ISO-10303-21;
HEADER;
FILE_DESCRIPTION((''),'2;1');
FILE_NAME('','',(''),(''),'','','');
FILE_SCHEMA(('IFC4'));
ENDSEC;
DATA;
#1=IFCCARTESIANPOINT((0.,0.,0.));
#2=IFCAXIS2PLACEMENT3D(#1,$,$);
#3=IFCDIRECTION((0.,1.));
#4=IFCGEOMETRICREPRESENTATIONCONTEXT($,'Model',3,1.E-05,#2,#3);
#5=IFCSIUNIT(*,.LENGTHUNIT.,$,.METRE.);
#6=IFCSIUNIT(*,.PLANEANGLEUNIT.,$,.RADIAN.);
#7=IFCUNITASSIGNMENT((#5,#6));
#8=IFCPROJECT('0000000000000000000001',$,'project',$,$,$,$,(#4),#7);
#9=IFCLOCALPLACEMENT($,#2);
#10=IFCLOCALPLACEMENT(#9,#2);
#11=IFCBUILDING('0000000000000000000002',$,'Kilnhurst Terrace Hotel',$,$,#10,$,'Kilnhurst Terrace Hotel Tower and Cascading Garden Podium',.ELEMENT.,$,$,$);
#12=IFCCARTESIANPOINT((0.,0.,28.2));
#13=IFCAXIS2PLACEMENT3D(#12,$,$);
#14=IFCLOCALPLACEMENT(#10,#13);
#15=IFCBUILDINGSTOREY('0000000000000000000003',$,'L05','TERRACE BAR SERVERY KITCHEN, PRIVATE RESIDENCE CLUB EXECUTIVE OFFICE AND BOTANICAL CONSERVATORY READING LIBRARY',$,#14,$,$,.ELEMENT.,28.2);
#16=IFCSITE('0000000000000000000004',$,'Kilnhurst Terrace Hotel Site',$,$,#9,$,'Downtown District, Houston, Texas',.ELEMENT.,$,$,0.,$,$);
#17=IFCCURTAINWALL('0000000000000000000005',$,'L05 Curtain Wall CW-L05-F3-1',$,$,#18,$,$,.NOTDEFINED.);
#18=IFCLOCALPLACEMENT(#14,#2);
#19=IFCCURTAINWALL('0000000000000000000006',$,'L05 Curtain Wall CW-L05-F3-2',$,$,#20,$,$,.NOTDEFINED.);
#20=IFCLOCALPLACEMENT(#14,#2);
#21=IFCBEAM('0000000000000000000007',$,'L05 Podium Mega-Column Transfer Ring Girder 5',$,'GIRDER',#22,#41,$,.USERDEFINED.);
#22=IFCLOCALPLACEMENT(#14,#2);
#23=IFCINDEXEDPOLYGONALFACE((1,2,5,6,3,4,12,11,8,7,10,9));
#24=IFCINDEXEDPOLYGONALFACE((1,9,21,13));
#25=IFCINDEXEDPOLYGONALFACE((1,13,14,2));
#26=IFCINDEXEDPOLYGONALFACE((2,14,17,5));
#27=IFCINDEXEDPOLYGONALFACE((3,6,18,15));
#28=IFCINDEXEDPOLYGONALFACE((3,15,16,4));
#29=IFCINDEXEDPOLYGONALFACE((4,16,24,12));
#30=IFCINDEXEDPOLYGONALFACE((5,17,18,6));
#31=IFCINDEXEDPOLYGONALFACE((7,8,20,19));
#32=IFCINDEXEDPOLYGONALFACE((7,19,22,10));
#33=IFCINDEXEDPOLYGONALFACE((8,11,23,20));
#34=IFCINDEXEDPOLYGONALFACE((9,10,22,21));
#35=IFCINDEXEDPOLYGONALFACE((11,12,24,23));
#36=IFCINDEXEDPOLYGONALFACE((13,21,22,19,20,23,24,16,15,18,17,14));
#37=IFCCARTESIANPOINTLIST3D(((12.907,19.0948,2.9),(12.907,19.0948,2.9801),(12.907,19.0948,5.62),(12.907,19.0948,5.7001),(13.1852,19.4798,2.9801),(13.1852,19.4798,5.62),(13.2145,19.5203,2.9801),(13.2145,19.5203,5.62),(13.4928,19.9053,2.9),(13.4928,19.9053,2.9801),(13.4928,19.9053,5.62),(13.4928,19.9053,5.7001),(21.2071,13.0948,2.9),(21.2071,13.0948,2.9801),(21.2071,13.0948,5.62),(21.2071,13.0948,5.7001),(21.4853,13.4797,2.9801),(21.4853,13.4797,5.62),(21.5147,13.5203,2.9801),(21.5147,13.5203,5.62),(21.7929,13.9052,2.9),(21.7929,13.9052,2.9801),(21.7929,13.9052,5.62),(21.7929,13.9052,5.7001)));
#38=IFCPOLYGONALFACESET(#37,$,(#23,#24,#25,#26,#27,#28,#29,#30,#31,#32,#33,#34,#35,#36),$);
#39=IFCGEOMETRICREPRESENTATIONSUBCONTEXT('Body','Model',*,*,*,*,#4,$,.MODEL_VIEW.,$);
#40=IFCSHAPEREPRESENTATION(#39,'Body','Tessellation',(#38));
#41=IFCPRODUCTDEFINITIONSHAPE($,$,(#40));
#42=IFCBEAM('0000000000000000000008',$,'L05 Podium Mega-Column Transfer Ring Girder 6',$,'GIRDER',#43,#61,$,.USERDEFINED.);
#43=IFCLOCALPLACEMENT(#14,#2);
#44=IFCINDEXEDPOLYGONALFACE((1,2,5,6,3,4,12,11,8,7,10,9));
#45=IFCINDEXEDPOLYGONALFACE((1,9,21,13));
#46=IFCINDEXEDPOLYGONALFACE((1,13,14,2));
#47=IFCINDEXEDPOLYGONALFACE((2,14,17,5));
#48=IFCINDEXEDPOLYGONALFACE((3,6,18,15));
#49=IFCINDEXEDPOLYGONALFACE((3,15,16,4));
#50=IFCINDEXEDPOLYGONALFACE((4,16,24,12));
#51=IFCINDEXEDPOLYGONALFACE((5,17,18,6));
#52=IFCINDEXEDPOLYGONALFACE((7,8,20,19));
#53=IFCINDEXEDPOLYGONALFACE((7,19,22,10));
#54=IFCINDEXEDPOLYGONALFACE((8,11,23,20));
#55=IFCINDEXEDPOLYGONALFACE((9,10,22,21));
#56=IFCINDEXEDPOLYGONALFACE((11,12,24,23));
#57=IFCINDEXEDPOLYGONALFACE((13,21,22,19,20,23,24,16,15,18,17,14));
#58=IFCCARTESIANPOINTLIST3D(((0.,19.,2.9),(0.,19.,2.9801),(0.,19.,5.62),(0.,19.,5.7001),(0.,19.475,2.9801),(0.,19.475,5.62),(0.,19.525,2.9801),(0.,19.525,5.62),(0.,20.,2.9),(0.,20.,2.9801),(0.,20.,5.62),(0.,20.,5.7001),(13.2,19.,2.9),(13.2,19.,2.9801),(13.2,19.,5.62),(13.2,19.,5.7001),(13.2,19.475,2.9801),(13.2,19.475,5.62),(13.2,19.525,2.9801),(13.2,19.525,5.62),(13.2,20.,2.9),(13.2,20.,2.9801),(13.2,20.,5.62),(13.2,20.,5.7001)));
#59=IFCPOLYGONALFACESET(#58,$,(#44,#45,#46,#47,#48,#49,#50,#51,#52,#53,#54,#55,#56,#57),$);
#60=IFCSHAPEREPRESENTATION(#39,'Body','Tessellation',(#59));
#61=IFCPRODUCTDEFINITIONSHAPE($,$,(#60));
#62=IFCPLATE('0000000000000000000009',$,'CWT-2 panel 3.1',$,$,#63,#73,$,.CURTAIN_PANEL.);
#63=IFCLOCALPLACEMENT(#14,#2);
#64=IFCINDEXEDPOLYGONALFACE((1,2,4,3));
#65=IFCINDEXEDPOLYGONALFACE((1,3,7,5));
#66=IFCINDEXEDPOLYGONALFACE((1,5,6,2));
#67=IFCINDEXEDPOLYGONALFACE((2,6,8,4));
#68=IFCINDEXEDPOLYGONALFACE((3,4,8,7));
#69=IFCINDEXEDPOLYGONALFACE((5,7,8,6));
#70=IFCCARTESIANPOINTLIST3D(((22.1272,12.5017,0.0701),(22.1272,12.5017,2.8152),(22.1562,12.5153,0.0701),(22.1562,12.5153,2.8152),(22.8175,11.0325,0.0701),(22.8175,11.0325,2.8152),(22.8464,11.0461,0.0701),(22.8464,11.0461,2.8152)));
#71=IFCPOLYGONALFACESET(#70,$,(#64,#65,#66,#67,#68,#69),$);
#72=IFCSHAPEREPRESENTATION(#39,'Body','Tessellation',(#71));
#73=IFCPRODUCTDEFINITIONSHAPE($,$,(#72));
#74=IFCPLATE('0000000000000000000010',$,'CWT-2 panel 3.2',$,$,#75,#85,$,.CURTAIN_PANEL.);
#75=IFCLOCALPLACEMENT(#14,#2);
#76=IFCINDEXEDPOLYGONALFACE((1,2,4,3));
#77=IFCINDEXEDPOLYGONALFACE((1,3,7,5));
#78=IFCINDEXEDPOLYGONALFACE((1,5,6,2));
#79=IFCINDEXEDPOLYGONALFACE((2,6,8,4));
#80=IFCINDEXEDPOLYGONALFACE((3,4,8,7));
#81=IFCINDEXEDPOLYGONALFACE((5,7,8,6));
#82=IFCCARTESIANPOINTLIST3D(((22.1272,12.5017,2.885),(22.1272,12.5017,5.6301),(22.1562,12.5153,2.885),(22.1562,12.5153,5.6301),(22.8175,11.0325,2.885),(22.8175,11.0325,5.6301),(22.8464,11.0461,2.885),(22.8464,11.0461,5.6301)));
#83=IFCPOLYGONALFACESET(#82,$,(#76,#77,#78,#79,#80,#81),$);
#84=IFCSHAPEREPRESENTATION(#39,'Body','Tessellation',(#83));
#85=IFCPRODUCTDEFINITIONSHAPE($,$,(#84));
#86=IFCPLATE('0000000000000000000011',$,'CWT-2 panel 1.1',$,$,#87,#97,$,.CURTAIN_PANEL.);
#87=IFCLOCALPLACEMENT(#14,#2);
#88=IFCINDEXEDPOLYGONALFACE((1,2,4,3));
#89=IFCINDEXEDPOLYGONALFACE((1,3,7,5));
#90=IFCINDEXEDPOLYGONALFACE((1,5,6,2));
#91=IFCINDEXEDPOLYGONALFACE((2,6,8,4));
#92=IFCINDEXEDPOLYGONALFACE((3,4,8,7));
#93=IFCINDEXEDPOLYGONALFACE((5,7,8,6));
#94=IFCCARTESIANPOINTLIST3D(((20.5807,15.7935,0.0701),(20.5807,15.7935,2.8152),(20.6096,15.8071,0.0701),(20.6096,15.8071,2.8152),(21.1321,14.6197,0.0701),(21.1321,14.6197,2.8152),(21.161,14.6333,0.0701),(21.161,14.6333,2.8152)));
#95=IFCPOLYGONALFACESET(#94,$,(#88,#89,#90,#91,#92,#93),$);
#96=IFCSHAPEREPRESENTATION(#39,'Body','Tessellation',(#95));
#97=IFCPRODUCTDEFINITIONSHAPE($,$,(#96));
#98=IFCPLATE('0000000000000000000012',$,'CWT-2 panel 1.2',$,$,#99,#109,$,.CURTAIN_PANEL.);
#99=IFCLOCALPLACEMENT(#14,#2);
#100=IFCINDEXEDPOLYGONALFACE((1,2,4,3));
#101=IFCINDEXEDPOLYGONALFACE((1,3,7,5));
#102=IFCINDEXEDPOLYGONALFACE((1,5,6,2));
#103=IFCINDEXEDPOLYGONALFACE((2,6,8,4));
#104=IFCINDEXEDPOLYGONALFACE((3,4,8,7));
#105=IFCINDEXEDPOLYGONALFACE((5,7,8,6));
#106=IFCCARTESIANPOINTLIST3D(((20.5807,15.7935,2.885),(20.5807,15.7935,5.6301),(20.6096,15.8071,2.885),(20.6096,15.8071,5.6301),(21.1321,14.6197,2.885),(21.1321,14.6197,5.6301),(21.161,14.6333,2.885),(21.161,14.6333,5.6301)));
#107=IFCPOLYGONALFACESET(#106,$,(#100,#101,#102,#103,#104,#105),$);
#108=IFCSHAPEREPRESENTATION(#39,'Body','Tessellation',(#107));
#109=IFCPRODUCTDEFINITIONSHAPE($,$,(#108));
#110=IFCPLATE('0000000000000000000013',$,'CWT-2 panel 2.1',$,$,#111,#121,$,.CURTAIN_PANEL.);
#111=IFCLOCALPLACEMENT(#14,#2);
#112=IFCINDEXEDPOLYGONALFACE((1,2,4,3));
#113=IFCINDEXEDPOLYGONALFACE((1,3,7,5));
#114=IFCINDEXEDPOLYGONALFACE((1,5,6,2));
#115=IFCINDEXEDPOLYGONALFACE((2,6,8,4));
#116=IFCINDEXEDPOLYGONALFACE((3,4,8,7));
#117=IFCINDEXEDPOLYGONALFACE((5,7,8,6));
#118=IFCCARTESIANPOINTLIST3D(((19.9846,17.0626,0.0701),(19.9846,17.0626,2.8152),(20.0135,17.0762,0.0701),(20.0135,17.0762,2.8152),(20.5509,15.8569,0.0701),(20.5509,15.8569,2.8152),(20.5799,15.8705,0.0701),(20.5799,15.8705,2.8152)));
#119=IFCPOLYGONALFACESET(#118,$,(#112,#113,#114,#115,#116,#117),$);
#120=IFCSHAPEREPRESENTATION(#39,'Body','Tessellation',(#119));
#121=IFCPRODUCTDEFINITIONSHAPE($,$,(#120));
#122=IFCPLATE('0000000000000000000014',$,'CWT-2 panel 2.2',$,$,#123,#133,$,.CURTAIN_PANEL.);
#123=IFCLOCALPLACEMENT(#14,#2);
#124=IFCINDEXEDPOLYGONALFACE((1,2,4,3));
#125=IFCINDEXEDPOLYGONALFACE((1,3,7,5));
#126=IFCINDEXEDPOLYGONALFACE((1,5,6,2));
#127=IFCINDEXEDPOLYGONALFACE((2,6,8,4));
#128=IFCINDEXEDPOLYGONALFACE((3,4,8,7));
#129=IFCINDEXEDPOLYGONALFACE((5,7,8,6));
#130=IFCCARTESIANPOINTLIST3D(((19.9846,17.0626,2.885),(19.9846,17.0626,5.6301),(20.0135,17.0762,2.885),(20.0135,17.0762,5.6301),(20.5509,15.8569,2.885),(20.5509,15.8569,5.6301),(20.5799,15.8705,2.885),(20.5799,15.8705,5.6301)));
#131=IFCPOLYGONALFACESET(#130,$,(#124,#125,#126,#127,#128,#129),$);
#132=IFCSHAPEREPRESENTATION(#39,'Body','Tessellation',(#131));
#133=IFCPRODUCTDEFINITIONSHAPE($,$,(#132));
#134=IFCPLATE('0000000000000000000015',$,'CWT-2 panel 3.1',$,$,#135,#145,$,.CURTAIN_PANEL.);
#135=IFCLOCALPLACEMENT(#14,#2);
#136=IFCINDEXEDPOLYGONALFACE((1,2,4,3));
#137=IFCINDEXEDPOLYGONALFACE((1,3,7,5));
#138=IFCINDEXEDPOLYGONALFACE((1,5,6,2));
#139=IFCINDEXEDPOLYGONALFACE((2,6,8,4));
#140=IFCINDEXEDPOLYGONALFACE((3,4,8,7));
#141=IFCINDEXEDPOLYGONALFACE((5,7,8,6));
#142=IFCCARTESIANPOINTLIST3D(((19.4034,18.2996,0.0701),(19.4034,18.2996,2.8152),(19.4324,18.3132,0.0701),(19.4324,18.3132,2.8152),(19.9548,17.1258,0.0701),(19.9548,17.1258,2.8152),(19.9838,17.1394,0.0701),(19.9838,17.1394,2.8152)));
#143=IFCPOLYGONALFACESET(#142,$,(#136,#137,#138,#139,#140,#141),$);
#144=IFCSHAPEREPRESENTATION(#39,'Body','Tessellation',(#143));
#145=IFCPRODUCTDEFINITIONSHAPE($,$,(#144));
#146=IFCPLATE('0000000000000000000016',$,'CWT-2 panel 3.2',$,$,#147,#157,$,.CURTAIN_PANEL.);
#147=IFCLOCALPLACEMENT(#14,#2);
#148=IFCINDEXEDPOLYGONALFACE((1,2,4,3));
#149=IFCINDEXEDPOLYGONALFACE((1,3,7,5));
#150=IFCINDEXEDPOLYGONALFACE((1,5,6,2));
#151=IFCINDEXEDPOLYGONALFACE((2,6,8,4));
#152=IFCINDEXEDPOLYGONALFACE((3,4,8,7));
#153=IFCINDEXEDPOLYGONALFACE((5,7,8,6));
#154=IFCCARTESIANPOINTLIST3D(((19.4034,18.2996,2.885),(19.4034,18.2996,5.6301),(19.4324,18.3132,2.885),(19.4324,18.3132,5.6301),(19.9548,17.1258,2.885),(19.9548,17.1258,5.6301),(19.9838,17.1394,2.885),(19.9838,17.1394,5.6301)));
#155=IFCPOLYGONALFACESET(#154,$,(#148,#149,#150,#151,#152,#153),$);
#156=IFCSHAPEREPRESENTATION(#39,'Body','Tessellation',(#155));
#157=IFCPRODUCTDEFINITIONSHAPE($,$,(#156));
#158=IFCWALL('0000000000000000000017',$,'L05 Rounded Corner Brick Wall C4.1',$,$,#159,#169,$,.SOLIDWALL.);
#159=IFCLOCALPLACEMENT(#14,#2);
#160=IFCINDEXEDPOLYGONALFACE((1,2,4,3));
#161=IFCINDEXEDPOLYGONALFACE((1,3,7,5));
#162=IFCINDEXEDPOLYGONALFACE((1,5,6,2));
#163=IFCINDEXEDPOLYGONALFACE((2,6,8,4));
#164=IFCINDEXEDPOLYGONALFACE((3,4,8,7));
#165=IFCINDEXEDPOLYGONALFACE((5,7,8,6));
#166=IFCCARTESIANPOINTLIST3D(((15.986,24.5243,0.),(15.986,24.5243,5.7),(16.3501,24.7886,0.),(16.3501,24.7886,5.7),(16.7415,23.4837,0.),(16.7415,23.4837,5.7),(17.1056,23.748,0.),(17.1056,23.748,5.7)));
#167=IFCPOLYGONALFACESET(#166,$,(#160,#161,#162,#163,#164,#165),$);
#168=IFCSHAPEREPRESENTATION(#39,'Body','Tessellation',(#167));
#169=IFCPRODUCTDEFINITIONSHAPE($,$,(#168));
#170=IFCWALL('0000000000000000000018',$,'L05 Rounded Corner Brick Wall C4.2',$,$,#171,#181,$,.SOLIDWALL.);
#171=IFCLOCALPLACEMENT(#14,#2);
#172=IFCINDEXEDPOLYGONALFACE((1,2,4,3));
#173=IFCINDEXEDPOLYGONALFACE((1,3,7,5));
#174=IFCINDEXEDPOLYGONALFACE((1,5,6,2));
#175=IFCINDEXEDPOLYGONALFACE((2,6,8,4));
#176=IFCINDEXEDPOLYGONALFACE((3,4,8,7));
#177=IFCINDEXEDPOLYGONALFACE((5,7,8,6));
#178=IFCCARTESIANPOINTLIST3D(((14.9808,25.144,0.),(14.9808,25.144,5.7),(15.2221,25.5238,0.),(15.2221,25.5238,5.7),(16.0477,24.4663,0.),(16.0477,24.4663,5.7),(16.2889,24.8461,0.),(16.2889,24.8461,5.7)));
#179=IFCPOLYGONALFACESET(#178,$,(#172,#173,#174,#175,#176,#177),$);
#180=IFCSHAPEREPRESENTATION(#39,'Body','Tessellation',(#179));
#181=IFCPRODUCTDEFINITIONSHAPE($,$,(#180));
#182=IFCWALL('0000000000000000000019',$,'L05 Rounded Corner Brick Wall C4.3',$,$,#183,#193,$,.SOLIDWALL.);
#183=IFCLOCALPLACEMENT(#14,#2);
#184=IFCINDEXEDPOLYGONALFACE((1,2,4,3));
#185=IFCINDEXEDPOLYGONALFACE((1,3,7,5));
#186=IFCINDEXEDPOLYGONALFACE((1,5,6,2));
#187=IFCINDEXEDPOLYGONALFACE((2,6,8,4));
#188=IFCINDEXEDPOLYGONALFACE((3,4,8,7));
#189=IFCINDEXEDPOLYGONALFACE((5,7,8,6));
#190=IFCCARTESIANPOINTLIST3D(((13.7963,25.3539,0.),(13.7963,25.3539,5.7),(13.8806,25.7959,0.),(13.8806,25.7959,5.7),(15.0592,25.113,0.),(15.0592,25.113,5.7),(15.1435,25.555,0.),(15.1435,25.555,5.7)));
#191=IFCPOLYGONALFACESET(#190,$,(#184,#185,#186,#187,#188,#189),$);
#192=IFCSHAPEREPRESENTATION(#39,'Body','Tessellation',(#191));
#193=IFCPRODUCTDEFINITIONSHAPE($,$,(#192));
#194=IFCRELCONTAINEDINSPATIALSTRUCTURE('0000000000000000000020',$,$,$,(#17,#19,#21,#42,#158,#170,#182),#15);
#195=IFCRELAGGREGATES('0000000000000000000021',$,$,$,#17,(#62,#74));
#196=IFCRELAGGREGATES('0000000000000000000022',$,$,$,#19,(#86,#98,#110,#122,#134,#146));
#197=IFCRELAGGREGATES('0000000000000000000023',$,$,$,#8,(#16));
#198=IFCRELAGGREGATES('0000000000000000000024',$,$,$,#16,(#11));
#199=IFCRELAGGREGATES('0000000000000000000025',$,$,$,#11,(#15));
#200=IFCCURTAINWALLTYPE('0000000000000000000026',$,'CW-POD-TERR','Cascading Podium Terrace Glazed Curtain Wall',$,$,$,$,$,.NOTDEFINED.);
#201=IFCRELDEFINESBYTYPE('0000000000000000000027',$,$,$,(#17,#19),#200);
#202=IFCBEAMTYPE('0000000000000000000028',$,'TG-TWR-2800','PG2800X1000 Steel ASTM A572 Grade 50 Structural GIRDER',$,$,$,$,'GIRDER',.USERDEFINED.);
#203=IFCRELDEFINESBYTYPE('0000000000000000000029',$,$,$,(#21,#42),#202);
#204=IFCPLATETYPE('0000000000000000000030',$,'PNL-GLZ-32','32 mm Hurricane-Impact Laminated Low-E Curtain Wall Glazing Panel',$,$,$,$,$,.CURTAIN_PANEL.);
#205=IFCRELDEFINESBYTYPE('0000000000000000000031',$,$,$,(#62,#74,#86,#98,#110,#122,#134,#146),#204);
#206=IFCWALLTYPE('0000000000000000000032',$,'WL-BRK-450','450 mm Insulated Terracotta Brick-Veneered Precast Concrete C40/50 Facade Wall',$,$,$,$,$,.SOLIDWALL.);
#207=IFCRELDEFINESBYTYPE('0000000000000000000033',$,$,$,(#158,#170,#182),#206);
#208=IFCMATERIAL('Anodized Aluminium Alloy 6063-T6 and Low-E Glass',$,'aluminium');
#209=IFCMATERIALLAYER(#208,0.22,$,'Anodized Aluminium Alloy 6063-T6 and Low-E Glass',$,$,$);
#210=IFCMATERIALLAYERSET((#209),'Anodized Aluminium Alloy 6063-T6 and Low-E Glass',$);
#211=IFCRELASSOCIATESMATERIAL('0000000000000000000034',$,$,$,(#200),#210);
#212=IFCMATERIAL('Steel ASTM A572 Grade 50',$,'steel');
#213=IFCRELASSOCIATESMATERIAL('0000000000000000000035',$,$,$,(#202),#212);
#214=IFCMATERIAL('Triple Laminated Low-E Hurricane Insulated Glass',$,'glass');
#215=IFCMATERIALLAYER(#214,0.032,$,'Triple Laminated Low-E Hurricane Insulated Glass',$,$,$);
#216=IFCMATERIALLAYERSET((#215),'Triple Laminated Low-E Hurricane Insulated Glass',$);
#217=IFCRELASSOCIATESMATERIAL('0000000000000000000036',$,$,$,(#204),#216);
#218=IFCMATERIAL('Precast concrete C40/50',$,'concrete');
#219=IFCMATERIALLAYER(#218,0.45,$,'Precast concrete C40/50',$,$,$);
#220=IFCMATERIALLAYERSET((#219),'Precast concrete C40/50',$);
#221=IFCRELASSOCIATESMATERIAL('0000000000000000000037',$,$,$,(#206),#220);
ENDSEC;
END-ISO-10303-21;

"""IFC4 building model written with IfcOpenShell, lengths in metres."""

from ifc_helpers import new_model, si_unit, direction, frame, frame_2d, origin, origin_2d, place, context, subcontext, project, spatial, rectangle, i_section, extrude, material, layer, layer_set, material_profile, profile_set, type_object, element, aggregate, save


model = new_model("IFC4")

# Units and contexts
model_context = context("Model", 3, precision=1e-05, world=origin(), true_north=direction((0.0, 1.0)))
body_context = subcontext(model_context, "Body", "Model", "MODEL_VIEW")
ifc_project = project(units=[si_unit("LENGTHUNIT", "METRE"), si_unit("PLANEANGLEUNIT", "RADIAN")], contexts=[model_context])

# Site, building, storey
site_placement = place(None, origin())
site = spatial("IfcSite", under=ifc_project, at=site_placement, Name="Kilnhurst Terrace Hotel Site", LongName="Downtown District, Houston, Texas", CompositionType="ELEMENT", RefElevation=0.0)
building_placement = place(site_placement, origin())
building = spatial("IfcBuilding", under=site, at=building_placement, Name="Kilnhurst Terrace Hotel", LongName="Kilnhurst Terrace Hotel Tower and Cascading Garden Podium", CompositionType="ELEMENT")
storey_placement = place(building_placement, frame((0.0, 0.0, 28.2)))
storey = spatial("IfcBuildingStorey", under=building, at=storey_placement, Name="L05", Description="TERRACE BAR SERVERY KITCHEN, PRIVATE RESIDENCE CLUB EXECUTIVE OFFICE AND BOTANICAL CONSERVATORY READING LIBRARY", CompositionType="ELEMENT", Elevation=28.2)

# Curtain wall
ifc_material_1 = material(Name="Anodized Aluminium Alloy 6063-T6 and Low-E Glass", Category="aluminium")
ifc_layer_1 = layer(ifc_material_1, 0.22, Name="Anodized Aluminium Alloy 6063-T6 and Low-E Glass")
ifc_layer_set_1 = layer_set([ifc_layer_1], Name="Anodized Aluminium Alloy 6063-T6 and Low-E Glass")
curtain_wall_type = type_object("IfcCurtainWallType", Name="CW-POD-TERR", Description="Cascading Podium Terrace Glazed Curtain Wall", PredefinedType="NOTDEFINED", material=ifc_layer_set_1)
curtain_wall_1_placement = place(storey_placement, origin())
curtain_wall_1 = element("IfcCurtainWall", 1, at=curtain_wall_1_placement, inside=storey, type_object=curtain_wall_type, Name="L05 Curtain Wall CW-L05-F3-1", PredefinedType="NOTDEFINED")

# Curtain wall
curtain_wall_2_placement = place(storey_placement, origin())
curtain_wall_2 = element("IfcCurtainWall", 2, at=curtain_wall_2_placement, inside=storey, type_object=curtain_wall_type, Name="L05 Curtain Wall CW-L05-F3-2", PredefinedType="NOTDEFINED")

# Beams
ifc_material_2 = material(Name="Steel ASTM A572 Grade 50", Category="steel")
ifc_material_profile_1 = material_profile(ifc_material_2, i_section(OverallWidth=1.0, OverallDepth=2.8, WebThickness=0.05, FlangeThickness=0.0801, at=origin_2d()), Name="PG2800X1000")
ifc_profile_set_1 = profile_set([ifc_material_profile_1], Name="Steel ASTM A572 Grade 50")
beam_type_1 = type_object("IfcBeamType", Name="TG-TWR-2800", Description="PG2800X1000 Steel ASTM A572 Grade 50 Structural GIRDER", ElementType="GIRDER", PredefinedType="USERDEFINED", material=ifc_profile_set_1)
beam_1_placement = place(storey_placement, frame((21.5, 13.5, 4.3), z_axis=(-0.810423, 0.585845, 0.0), x_axis=(-0.585845, -0.810423, 0.0)))
element("IfcBeam", 3, at=beam_1_placement, inside=storey, type_object=beam_type_1, Name="L05 Podium Mega-Column Transfer Ring Girder 5", ObjectType="GIRDER", PredefinedType="USERDEFINED", context=body_context, shape_type="SweptSolid", body=[
    extrude(i_section(OverallWidth=1.0, OverallDepth=2.8, WebThickness=0.05, FlangeThickness=0.0801, at=origin_2d()), origin(), (0.0, 0.0, 1.0), 10.2417),
])
beam_2_placement = place(storey_placement, frame((13.2, 19.5, 4.3), z_axis=(-1.0, 0.0, 0.0), x_axis=(0.0, -1.0, 0.0)))
element("IfcBeam", 4, at=beam_2_placement, inside=storey, type_object=beam_type_1, Name="L05 Podium Mega-Column Transfer Ring Girder 6", ObjectType="GIRDER", PredefinedType="USERDEFINED", context=body_context, shape_type="SweptSolid", body=[
    extrude(i_section(OverallWidth=1.0, OverallDepth=2.8, WebThickness=0.05, FlangeThickness=0.0801, at=origin_2d()), origin(), (0.0, 0.0, 1.0), 13.2),
])

# Plates
ifc_material_3 = material(Name="Triple Laminated Low-E Hurricane Insulated Glass", Category="glass")
ifc_layer_2 = layer(ifc_material_3, 0.032, Name="Triple Laminated Low-E Hurricane Insulated Glass")
ifc_layer_set_2 = layer_set([ifc_layer_2], Name="Triple Laminated Low-E Hurricane Insulated Glass")
plate_type = type_object("IfcPlateType", Name="PNL-GLZ-32", Description="32 mm Hurricane-Impact Laminated Low-E Curtain Wall Glazing Panel", PredefinedType="CURTAIN_PANEL", material=ifc_layer_set_2)
plate_1_placement = place(storey_placement, frame((22.4868, 11.7739, 0.0701), z_axis=(0.0, 0.0, 1.0), x_axis=(-0.425202, 0.905099, 0.0)))
plate_1 = element("IfcPlate", 5, at=plate_1_placement, type_object=plate_type, Name="CWT-2 panel 3.1", PredefinedType="CURTAIN_PANEL", context=body_context, shape_type="SweptSolid", body=[
    extrude(rectangle(XDim=1.6233, YDim=0.032, at=origin_2d()), origin(), (0.0, 0.0, 1.0), 2.7451),
])
plate_2_placement = place(storey_placement, frame((22.4868, 11.7739, 2.885), z_axis=(0.0, 0.0, 1.0), x_axis=(-0.425202, 0.905099, 0.0)))
plate_2 = element("IfcPlate", 6, at=plate_2_placement, type_object=plate_type, Name="CWT-2 panel 3.2", PredefinedType="CURTAIN_PANEL", context=body_context, shape_type="SweptSolid", body=[
    extrude(rectangle(XDim=1.6233, YDim=0.032, at=origin_2d()), origin(), (0.0, 0.0, 1.0), 2.7451),
])
aggregate(curtain_wall_1, [plate_1, plate_2])
plate_3_placement = place(storey_placement, frame((20.8708, 15.2134, 0.0701), z_axis=(0.0, 0.0, 1.0), x_axis=(-0.425206, 0.905097, 0.0)))
plate_3 = element("IfcPlate", 7, at=plate_3_placement, type_object=plate_type, Name="CWT-2 panel 1.1", PredefinedType="CURTAIN_PANEL", context=body_context, shape_type="SweptSolid", body=[
    extrude(rectangle(XDim=1.2969, YDim=0.032, at=origin_2d()), origin(), (0.0, 0.0, 1.0), 2.7451),
])
plate_4_placement = place(storey_placement, frame((20.8708, 15.2134, 2.885), z_axis=(0.0, 0.0, 1.0), x_axis=(-0.425206, 0.905097, 0.0)))
plate_4 = element("IfcPlate", 8, at=plate_4_placement, type_object=plate_type, Name="CWT-2 panel 1.2", PredefinedType="CURTAIN_PANEL", context=body_context, shape_type="SweptSolid", body=[
    extrude(rectangle(XDim=1.2969, YDim=0.032, at=origin_2d()), origin(), (0.0, 0.0, 1.0), 2.7451),
])
plate_5_placement = place(storey_placement, frame((20.2822, 16.4666, 0.0701), z_axis=(0.0, 0.0, 1.0), x_axis=(-0.425206, 0.905097, 0.0)))
plate_5 = element("IfcPlate", 9, at=plate_5_placement, type_object=plate_type, Name="CWT-2 panel 2.1", PredefinedType="CURTAIN_PANEL", context=body_context, shape_type="SweptSolid", body=[
    extrude(rectangle(XDim=1.332, YDim=0.032, at=origin_2d()), origin(), (0.0, 0.0, 1.0), 2.7451),
])
plate_6_placement = place(storey_placement, frame((20.2822, 16.4666, 2.885), z_axis=(0.0, 0.0, 1.0), x_axis=(-0.425206, 0.905097, 0.0)))
plate_6 = element("IfcPlate", 10, at=plate_6_placement, type_object=plate_type, Name="CWT-2 panel 2.2", PredefinedType="CURTAIN_PANEL", context=body_context, shape_type="SweptSolid", body=[
    extrude(rectangle(XDim=1.332, YDim=0.032, at=origin_2d()), origin(), (0.0, 0.0, 1.0), 2.7451),
])
plate_7_placement = place(storey_placement, frame((19.6936, 17.7195, 0.0701), z_axis=(0.0, 0.0, 1.0), x_axis=(-0.425206, 0.905097, 0.0)))
plate_7 = element("IfcPlate", 11, at=plate_7_placement, type_object=plate_type, Name="CWT-2 panel 3.1", PredefinedType="CURTAIN_PANEL", context=body_context, shape_type="SweptSolid", body=[
    extrude(rectangle(XDim=1.2969, YDim=0.032, at=origin_2d()), origin(), (0.0, 0.0, 1.0), 2.7451),
])
plate_8_placement = place(storey_placement, frame((19.6936, 17.7195, 2.885), z_axis=(0.0, 0.0, 1.0), x_axis=(-0.425206, 0.905097, 0.0)))
plate_8 = element("IfcPlate", 12, at=plate_8_placement, type_object=plate_type, Name="CWT-2 panel 3.2", PredefinedType="CURTAIN_PANEL", context=body_context, shape_type="SweptSolid", body=[
    extrude(rectangle(XDim=1.2969, YDim=0.032, at=origin_2d()), origin(), (0.0, 0.0, 1.0), 2.7451),
])
aggregate(curtain_wall_2, [plate_3, plate_4, plate_5, plate_6, plate_7, plate_8])

# Walls
ifc_material_4 = material(Name="Precast concrete C40/50", Category="concrete")
ifc_layer_3 = layer(ifc_material_4, 0.45, Name="Precast concrete C40/50")
ifc_layer_set_3 = layer_set([ifc_layer_3], Name="Precast concrete C40/50")
wall_type = type_object("IfcWallType", Name="WL-BRK-450", Description="450 mm Insulated Terracotta Brick-Veneered Precast Concrete C40/50 Facade Wall", PredefinedType="SOLIDWALL", material=ifc_layer_set_3)
wall_1_placement = place(storey_placement, frame((16.9236, 23.6157, 0.0), z_axis=(0.0, 0.0, 1.0), x_axis=(-0.587472, 0.809245, 0.0)))
element("IfcWall", 13, at=wall_1_placement, inside=storey, type_object=wall_type, Name="L05 Rounded Corner Brick Wall C4.1", PredefinedType="SOLIDWALL", context=body_context, shape_type="SweptSolid", body=[
    extrude(rectangle(XDim=1.2859, YDim=0.45, at=frame_2d((0.6431, 0.0))), origin(), (0.0, 0.0, 1.0), 5.7),
])
wall_2_placement = place(storey_placement, frame((16.1682, 24.6562, 0.0), z_axis=(0.0, 0.0, 1.0), x_axis=(-0.844091, 0.5362, 0.0)))
element("IfcWall", 14, at=wall_2_placement, inside=storey, type_object=wall_type, Name="L05 Rounded Corner Brick Wall C4.2", PredefinedType="SOLIDWALL", context=body_context, shape_type="SweptSolid", body=[
    extrude(rectangle(XDim=1.2639, YDim=0.45, at=frame_2d((0.6318, 0.0))), origin(), (0.0, 0.0, 1.0), 5.7),
])
wall_3_placement = place(storey_placement, frame((15.1013, 25.334, 0.0), z_axis=(0.0, 0.0, 1.0), x_axis=(-0.98228, 0.187417, 0.0)))
element("IfcWall", 15, at=wall_3_placement, inside=storey, type_object=wall_type, Name="L05 Rounded Corner Brick Wall C4.3", PredefinedType="SOLIDWALL", context=body_context, shape_type="SweptSolid", body=[
    extrude(rectangle(XDim=1.2856, YDim=0.45, at=frame_2d((0.6428, 0.0))), origin(), (0.0, 0.0, 1.0), 5.7),
])

save(model, "model.ifc")
